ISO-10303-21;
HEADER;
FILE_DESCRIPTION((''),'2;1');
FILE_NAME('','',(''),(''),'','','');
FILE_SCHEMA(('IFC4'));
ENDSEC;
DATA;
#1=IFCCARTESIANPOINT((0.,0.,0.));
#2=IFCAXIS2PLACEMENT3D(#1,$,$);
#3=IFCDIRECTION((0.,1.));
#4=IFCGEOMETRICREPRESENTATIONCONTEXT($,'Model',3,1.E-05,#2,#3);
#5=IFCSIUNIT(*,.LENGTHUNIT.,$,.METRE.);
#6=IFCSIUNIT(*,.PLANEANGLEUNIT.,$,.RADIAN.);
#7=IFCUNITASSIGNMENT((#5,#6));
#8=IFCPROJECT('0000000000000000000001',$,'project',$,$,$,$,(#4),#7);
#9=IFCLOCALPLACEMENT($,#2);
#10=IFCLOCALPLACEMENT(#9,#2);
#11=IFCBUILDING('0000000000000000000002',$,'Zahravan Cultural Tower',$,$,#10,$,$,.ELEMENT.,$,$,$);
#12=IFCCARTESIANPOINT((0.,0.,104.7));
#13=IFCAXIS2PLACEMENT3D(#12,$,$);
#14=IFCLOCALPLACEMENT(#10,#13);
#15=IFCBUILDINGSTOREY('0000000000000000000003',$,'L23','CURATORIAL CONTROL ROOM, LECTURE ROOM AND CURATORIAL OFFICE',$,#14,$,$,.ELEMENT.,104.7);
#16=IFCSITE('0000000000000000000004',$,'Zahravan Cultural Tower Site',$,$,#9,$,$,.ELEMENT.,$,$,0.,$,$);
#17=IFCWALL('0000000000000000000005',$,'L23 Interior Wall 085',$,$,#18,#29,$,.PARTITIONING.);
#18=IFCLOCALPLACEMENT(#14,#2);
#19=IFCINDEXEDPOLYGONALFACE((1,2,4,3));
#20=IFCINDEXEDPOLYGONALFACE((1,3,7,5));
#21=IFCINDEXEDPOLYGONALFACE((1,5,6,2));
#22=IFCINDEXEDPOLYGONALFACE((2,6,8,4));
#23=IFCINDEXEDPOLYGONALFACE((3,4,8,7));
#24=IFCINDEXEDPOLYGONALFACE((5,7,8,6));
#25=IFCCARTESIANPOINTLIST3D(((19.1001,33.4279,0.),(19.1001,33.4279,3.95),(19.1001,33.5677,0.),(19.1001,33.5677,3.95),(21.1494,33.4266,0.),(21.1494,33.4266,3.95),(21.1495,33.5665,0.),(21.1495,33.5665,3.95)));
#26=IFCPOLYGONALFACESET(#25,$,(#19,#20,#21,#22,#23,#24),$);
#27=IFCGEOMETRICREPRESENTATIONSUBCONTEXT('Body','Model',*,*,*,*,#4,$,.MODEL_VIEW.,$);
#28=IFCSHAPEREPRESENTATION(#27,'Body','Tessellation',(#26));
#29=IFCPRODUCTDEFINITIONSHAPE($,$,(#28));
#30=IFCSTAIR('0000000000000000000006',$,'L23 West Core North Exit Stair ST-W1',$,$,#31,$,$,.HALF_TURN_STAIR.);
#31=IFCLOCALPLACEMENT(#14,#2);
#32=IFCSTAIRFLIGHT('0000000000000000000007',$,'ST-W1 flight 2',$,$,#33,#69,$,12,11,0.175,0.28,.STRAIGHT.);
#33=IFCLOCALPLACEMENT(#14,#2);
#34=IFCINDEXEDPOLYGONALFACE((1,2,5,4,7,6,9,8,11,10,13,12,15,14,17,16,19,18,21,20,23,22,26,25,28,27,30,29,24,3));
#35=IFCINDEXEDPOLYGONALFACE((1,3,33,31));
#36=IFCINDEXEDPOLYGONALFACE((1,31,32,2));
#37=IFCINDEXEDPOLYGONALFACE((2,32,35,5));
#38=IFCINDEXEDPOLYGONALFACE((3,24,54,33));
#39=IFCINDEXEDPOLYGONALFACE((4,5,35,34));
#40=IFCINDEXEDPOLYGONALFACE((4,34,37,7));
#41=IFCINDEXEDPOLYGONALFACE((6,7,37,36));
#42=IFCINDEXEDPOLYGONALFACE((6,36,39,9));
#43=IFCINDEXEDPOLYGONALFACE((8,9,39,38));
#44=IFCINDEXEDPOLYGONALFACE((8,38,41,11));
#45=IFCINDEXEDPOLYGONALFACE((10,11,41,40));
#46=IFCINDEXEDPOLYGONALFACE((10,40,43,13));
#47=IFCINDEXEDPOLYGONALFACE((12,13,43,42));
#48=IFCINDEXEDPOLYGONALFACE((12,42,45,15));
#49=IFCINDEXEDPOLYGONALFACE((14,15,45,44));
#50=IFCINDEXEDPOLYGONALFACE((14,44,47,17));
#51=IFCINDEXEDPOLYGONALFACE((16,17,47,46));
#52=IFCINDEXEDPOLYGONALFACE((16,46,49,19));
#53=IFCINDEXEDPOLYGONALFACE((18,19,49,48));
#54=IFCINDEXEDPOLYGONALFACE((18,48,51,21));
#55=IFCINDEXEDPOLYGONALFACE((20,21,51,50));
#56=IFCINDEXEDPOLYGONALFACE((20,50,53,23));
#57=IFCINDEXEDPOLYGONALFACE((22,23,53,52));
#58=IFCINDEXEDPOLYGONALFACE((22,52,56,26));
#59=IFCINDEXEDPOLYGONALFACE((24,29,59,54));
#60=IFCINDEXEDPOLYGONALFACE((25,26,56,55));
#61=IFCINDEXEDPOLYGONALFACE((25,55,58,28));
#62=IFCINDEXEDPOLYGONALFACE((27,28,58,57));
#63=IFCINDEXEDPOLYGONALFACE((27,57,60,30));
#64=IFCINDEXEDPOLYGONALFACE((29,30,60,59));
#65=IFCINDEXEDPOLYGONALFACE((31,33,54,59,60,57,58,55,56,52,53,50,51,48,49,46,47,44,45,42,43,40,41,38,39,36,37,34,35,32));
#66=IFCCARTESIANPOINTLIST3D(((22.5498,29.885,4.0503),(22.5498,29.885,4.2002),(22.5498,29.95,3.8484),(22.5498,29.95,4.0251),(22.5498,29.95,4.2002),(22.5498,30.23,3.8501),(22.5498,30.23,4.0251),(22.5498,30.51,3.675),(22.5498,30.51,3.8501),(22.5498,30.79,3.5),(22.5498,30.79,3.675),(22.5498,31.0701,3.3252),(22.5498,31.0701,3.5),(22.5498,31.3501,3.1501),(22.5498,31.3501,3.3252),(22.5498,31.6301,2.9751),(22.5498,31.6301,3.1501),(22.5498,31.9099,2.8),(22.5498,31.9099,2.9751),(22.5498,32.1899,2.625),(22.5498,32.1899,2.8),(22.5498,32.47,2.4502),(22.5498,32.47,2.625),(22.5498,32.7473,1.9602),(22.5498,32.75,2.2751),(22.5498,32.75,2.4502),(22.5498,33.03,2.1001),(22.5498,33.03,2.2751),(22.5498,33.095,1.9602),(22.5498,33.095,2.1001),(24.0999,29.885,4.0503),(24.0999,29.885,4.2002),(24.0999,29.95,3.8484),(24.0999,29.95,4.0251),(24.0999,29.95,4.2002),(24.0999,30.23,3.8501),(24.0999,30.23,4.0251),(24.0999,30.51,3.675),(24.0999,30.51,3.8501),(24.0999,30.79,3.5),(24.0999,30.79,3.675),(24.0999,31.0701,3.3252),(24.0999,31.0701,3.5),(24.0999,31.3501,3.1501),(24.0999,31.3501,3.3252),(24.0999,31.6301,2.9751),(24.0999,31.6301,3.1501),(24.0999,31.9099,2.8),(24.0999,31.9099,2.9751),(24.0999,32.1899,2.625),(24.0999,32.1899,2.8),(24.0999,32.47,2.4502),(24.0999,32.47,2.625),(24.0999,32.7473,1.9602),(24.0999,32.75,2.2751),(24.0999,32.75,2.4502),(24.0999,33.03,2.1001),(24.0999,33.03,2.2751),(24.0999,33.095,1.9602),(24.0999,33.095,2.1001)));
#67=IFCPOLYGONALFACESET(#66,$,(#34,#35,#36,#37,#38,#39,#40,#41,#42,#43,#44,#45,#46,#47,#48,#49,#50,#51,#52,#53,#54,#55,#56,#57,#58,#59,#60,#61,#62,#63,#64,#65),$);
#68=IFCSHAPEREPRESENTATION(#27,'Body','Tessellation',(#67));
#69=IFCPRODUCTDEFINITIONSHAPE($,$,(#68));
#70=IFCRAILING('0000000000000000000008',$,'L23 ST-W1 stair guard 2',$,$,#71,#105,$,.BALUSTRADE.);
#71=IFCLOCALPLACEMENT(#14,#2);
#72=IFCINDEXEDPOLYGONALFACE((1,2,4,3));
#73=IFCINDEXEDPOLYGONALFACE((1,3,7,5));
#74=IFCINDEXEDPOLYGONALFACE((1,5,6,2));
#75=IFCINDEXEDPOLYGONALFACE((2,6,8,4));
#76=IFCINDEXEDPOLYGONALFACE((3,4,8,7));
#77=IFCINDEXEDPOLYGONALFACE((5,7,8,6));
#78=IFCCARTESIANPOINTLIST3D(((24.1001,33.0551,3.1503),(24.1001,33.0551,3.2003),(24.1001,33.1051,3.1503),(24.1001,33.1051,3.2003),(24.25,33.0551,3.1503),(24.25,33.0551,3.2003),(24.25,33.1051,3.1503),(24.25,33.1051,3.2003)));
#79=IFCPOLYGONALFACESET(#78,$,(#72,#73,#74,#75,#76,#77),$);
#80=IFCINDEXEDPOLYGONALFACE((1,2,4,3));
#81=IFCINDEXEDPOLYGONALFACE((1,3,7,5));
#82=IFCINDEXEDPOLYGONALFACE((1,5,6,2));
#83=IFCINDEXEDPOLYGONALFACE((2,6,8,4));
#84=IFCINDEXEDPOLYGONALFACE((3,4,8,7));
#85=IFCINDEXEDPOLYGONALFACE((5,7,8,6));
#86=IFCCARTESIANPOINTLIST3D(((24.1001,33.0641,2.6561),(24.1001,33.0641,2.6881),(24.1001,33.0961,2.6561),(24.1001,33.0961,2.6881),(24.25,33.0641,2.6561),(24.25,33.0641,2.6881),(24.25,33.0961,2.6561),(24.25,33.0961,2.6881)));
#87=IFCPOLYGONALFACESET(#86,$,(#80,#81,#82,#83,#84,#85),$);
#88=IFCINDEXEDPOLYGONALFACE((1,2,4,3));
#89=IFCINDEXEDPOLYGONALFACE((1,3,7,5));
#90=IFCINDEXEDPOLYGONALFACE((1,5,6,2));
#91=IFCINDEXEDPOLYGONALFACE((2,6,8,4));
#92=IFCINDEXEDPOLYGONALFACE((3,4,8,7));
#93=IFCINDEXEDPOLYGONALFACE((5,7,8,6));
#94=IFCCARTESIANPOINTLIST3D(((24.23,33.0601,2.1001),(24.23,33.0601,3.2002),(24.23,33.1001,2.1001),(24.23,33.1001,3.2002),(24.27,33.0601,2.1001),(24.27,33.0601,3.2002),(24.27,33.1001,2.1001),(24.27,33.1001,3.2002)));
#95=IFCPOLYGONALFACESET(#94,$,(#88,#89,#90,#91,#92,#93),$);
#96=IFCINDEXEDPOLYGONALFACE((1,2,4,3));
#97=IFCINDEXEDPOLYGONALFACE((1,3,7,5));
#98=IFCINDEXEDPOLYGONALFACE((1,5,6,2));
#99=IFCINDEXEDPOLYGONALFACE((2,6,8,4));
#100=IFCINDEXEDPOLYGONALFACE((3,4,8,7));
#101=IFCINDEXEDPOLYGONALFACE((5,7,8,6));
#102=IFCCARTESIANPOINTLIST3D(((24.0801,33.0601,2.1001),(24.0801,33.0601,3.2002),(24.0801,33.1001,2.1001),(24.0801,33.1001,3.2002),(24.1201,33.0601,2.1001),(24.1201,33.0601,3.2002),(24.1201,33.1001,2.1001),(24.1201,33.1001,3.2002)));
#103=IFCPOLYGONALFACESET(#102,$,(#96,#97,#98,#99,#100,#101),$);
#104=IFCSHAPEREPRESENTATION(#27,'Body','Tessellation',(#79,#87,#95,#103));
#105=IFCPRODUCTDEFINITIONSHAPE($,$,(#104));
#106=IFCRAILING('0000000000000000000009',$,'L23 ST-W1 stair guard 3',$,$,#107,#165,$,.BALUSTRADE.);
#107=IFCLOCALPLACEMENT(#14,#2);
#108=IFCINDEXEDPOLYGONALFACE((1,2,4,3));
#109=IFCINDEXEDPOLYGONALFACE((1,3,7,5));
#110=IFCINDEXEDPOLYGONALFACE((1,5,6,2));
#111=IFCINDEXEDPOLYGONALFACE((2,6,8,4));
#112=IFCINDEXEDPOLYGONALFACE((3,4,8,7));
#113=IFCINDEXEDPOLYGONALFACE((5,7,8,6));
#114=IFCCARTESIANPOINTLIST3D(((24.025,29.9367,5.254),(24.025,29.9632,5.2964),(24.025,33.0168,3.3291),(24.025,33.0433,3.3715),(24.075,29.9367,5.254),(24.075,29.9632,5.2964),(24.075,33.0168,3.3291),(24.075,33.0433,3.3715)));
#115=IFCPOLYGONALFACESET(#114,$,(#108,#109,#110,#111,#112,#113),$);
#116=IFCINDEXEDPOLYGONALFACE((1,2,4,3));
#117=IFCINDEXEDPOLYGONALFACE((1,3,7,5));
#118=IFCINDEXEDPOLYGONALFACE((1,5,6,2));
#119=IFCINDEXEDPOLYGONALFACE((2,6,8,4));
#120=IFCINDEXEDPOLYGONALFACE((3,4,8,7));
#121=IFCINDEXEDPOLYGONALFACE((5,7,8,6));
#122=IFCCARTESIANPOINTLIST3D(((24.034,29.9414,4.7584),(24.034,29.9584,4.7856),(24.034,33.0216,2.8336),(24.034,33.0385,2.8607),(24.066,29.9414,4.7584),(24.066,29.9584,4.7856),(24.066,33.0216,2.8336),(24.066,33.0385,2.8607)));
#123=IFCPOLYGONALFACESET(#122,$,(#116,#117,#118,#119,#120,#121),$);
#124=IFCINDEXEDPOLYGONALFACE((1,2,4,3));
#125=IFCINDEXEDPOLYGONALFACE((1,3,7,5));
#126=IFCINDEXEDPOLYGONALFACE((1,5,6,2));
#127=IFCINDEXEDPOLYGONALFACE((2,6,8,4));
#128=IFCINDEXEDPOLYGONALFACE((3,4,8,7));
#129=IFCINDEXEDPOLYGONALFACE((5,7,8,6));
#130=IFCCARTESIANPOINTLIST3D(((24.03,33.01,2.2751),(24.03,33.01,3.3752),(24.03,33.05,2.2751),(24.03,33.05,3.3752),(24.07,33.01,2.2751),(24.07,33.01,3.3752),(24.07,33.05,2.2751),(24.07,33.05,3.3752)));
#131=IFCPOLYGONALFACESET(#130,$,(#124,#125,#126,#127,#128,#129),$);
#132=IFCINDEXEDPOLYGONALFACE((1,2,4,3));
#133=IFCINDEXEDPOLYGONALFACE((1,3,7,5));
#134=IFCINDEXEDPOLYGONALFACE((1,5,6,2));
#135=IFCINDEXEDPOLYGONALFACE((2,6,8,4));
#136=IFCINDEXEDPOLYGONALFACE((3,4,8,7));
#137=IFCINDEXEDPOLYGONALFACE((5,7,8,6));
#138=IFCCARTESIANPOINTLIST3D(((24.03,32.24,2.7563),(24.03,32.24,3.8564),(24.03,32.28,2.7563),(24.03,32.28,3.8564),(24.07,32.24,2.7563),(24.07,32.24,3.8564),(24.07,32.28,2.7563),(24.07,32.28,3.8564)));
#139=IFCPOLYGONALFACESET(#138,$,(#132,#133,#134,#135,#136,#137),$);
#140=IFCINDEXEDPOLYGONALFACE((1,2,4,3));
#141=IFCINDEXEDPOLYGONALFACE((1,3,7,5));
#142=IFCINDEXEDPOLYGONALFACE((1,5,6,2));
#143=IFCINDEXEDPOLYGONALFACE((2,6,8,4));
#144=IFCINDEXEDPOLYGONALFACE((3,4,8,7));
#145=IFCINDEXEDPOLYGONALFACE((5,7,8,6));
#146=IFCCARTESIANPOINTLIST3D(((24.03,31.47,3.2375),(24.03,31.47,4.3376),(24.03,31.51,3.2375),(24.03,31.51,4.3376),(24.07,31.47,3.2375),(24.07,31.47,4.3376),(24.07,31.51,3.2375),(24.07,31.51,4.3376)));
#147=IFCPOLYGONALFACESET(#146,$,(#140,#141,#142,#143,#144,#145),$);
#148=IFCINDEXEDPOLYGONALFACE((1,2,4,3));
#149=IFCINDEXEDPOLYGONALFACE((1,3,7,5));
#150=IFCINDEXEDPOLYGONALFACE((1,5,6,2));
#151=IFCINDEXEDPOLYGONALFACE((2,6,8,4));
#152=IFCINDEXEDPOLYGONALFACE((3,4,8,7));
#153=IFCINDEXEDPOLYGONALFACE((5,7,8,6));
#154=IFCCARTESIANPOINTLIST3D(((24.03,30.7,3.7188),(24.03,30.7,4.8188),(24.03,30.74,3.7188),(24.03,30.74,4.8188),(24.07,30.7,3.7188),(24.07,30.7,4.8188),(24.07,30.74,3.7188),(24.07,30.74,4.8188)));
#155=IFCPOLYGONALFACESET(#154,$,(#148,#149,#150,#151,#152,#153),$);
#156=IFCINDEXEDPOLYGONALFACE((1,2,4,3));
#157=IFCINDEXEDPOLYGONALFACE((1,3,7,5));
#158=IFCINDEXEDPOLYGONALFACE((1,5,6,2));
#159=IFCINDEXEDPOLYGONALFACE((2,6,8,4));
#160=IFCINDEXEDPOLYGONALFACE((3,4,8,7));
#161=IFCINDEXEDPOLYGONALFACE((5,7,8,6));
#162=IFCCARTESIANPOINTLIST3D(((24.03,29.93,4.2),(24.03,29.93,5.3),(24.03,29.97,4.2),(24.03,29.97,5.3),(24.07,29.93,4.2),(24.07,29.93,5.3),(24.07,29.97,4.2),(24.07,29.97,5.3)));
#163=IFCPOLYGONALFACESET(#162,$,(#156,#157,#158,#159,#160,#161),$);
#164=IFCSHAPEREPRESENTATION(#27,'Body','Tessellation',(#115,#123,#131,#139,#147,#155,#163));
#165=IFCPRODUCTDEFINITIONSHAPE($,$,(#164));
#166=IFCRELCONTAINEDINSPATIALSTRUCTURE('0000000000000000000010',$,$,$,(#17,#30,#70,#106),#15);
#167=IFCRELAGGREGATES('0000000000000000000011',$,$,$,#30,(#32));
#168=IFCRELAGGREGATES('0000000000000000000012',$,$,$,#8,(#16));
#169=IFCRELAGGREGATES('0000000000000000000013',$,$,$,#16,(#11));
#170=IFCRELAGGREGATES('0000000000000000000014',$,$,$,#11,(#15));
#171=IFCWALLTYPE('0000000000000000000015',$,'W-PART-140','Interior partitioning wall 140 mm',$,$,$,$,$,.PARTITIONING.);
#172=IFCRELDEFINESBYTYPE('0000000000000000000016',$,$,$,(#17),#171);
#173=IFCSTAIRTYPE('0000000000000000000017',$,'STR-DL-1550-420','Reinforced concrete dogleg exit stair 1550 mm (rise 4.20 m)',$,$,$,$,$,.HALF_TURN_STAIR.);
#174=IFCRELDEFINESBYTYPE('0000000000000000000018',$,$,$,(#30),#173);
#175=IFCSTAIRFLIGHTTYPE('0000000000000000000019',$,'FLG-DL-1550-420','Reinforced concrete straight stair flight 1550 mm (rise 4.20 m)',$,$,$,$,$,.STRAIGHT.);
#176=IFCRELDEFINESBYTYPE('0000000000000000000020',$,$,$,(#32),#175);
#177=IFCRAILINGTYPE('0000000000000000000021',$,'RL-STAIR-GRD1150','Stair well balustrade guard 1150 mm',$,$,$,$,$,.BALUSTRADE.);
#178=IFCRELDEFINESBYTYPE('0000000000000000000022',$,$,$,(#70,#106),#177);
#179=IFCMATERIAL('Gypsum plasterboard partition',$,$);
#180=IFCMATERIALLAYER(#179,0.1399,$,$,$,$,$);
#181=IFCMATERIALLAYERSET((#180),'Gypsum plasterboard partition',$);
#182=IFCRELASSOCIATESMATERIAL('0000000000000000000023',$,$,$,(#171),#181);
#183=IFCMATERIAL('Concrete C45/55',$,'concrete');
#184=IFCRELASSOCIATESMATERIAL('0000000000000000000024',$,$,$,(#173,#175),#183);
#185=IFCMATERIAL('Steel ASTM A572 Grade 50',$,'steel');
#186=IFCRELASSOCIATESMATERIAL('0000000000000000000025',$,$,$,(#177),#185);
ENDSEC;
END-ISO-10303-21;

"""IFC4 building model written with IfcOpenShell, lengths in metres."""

from ifc_helpers import new_model, si_unit, direction, frame, frame_2d, origin, origin_2d, place, context, subcontext, project, spatial, polyline, rectangle, outline, extrude, source, transform, mapped, material, layer, layer_set, type_object, element, aggregate, save


model = new_model("IFC4")

# Units and contexts
model_context = context("Model", 3, precision=1e-05, world=origin(), true_north=direction((0.0, 1.0)))
body_context = subcontext(model_context, "Body", "Model", "MODEL_VIEW")
ifc_project = project(units=[si_unit("LENGTHUNIT", "METRE"), si_unit("PLANEANGLEUNIT", "RADIAN")], contexts=[model_context])

# Site, building, storey
site_placement = place(None, origin())
site = spatial("IfcSite", under=ifc_project, at=site_placement, Name="Zahravan Cultural Tower Site", CompositionType="ELEMENT", RefElevation=0.0)
building_placement = place(site_placement, origin())
building = spatial("IfcBuilding", under=site, at=building_placement, Name="Zahravan Cultural Tower", CompositionType="ELEMENT")
storey_placement = place(building_placement, frame((0.0, 0.0, 104.7)))
storey = spatial("IfcBuildingStorey", under=building, at=storey_placement, Name="L23", Description="CURATORIAL CONTROL ROOM, LECTURE ROOM AND CURATORIAL OFFICE", CompositionType="ELEMENT", Elevation=104.7)

# Shared definitions
ifc_material_1 = material(Name="Gypsum plasterboard partition")
ifc_layer_1 = layer(ifc_material_1, 0.1399)
ifc_layer_set_1 = layer_set([ifc_layer_1], Name="Gypsum plasterboard partition")
wall_type_1 = type_object("IfcWallType", Name="W-PART-140", Description="Interior partitioning wall 140 mm", PredefinedType="PARTITIONING", material=ifc_layer_set_1)
ifc_material_2 = material(Name="Concrete C45/55", Category="concrete")
ifc_material_3 = material(Name="Steel ASTM A572 Grade 50", Category="steel")

# Wall
shared_shape_1 = source(origin(), body_context, "Body", "SweptSolid", [
    extrude(rectangle(XDim=2.0493, YDim=0.1399, at=frame_2d((1.0247, 0.0))), origin(), (0.0, 0.0, 1.0), 3.95),
])
wall_1_placement = place(storey_placement, frame((21.1494, 33.4966, 0.0), z_axis=(0.0, 0.0, 1.0), x_axis=(-1.0, 0.000596, 0.0)))
element("IfcWall", 1, at=wall_1_placement, inside=storey, type_object=wall_type_1, Name="L23 Interior Wall 085", PredefinedType="PARTITIONING", context=body_context, shape_type="MappedRepresentation", body=[
    mapped(shared_shape_1, transform((0.0, 0.0, 0.0), x_axis=(1.0, 0.0, 0.0), y_axis=(0.0, 1.0, 0.0), z_axis=(0.0, 0.0, 1.0), scale=1.0)),
])

# Stair, stair flight
stair_type = type_object("IfcStairType", Name="STR-DL-1550-420", Description="Reinforced concrete dogleg exit stair 1550 mm (rise 4.20 m)", PredefinedType="HALF_TURN_STAIR", material=ifc_material_2)
stair_placement = place(storey_placement, origin())
stair = element("IfcStair", 2, at=stair_placement, inside=storey, type_object=stair_type, Name="L23 West Core North Exit Stair ST-W1", PredefinedType="HALF_TURN_STAIR")
stair_flight_type = type_object("IfcStairFlightType", Name="FLG-DL-1550-420", Description="Reinforced concrete straight stair flight 1550 mm (rise 4.20 m)", PredefinedType="STRAIGHT", material=ifc_material_2)
stair_flight_placement = place(storey_placement, frame((23.325, 33.03, 2.1001), z_axis=(0.0, 0.0, 1.0), x_axis=(0.0, -1.0, 0.0)))
stair_flight = element("IfcStairFlight", 3, at=stair_flight_placement, type_object=stair_flight_type, Name="ST-W1 flight 2", NumberOfRisers=12, NumberOfTreads=11, PredefinedType="STRAIGHT", RiserHeight=0.175, TreadLength=0.28, context=body_context, shape_type="SweptSolid", body=[
    extrude(outline(polyline([(-0.0649, -0.1399), (-0.0649, 0.0), (0.0, 0.0), (0.0, 0.175), (0.28, 0.175), (0.28, 0.3501), (0.5601, 0.3501), (0.5601, 0.5249), (0.8401, 0.5249), (0.8401, 0.7), (1.1201, 0.7), (1.1201, 0.875), (1.3999, 0.875), (1.3999, 1.05), (1.6799, 1.05), (1.6799, 1.2251), (1.96, 1.2251), (1.96, 1.3999), (2.24, 1.3999), (2.24, 1.575), (2.52, 1.575), (2.52, 1.75), (2.8, 1.75), (2.8, 1.925), (3.0801, 1.925), (3.0801, 2.1001), (3.145, 2.1001), (3.145, 1.9502), (3.0801, 1.7483), (0.2827, -0.1399), (-0.0649, -0.1399)])), frame((0.0, 0.7749, 0.0), z_axis=(0.0, -1.0, 0.0), x_axis=(1.0, 0.0, 0.0)), (0.0, 0.0, 1.0), 1.55),
])
aggregate(stair, [stair_flight])

# Railings
railing_type_1 = type_object("IfcRailingType", Name="RL-STAIR-GRD1150", Description="Stair well balustrade guard 1150 mm", PredefinedType="BALUSTRADE", material=ifc_material_3)
railing_1_placement = place(storey_placement, frame((24.25, 33.0801, 2.1001)))
element("IfcRailing", 4, at=railing_1_placement, inside=storey, type_object=railing_type_1, Name="L23 ST-W1 stair guard 2", PredefinedType="BALUSTRADE", context=body_context, shape_type="SweptSolid", body=[
    extrude(rectangle(XDim=0.05, YDim=0.05, at=origin_2d()), frame((0.0, 0.0, 1.0752), z_axis=(-1.0, 0.0, 0.0), x_axis=(0.0, -1.0, 0.0)), (0.0, 0.0, 1.0), 0.1499),
    extrude(rectangle(XDim=0.032, YDim=0.032, at=origin_2d()), frame((0.0, 0.0, 0.572), z_axis=(-1.0, 0.0, 0.0), x_axis=(0.0, -1.0, 0.0)), (0.0, 0.0, 1.0), 0.1499),
    extrude(rectangle(XDim=0.04, YDim=0.04, at=origin_2d()), origin(), (0.0, 0.0, 1.0), 1.1001),
    extrude(rectangle(XDim=0.04, YDim=0.04, at=origin_2d()), frame((-0.1499, 0.0, 0.0)), (0.0, 0.0, 1.0), 1.1001),
])
railing_2_placement = place(storey_placement, frame((24.05, 33.03, 2.2751)))
element("IfcRailing", 5, at=railing_2_placement, inside=storey, type_object=railing_type_1, Name="L23 ST-W1 stair guard 3", PredefinedType="BALUSTRADE", context=body_context, shape_type="SweptSolid", body=[
    extrude(rectangle(XDim=0.05, YDim=0.05, at=origin_2d()), frame((0.0, 0.0, 1.0752), z_axis=(0.0, -0.848029, 0.529951), x_axis=(1.0, 0.0, 0.0)), (0.0, 0.0, 1.0), 3.6321),
    extrude(rectangle(XDim=0.032, YDim=0.032, at=origin_2d()), frame((0.0, 0.0, 0.572), z_axis=(0.0, -0.848029, 0.529951), x_axis=(1.0, 0.0, 0.0)), (0.0, 0.0, 1.0), 3.6321),
    extrude(rectangle(XDim=0.04, YDim=0.04, at=origin_2d()), origin(), (0.0, 0.0, 1.0), 1.1001),
    extrude(rectangle(XDim=0.04, YDim=0.04, at=origin_2d()), frame((0.0, -0.77, 0.4812)), (0.0, 0.0, 1.0), 1.1001),
    extrude(rectangle(XDim=0.04, YDim=0.04, at=origin_2d()), frame((0.0, -1.54, 0.9624)), (0.0, 0.0, 1.0), 1.1001),
    extrude(rectangle(XDim=0.04, YDim=0.04, at=origin_2d()), frame((0.0, -2.3101, 1.4436)), (0.0, 0.0, 1.0), 1.1001),
    extrude(rectangle(XDim=0.04, YDim=0.04, at=origin_2d()), frame((0.0, -3.0801, 1.9248)), (0.0, 0.0, 1.0), 1.1001),
])

save(model, "model.ifc")
